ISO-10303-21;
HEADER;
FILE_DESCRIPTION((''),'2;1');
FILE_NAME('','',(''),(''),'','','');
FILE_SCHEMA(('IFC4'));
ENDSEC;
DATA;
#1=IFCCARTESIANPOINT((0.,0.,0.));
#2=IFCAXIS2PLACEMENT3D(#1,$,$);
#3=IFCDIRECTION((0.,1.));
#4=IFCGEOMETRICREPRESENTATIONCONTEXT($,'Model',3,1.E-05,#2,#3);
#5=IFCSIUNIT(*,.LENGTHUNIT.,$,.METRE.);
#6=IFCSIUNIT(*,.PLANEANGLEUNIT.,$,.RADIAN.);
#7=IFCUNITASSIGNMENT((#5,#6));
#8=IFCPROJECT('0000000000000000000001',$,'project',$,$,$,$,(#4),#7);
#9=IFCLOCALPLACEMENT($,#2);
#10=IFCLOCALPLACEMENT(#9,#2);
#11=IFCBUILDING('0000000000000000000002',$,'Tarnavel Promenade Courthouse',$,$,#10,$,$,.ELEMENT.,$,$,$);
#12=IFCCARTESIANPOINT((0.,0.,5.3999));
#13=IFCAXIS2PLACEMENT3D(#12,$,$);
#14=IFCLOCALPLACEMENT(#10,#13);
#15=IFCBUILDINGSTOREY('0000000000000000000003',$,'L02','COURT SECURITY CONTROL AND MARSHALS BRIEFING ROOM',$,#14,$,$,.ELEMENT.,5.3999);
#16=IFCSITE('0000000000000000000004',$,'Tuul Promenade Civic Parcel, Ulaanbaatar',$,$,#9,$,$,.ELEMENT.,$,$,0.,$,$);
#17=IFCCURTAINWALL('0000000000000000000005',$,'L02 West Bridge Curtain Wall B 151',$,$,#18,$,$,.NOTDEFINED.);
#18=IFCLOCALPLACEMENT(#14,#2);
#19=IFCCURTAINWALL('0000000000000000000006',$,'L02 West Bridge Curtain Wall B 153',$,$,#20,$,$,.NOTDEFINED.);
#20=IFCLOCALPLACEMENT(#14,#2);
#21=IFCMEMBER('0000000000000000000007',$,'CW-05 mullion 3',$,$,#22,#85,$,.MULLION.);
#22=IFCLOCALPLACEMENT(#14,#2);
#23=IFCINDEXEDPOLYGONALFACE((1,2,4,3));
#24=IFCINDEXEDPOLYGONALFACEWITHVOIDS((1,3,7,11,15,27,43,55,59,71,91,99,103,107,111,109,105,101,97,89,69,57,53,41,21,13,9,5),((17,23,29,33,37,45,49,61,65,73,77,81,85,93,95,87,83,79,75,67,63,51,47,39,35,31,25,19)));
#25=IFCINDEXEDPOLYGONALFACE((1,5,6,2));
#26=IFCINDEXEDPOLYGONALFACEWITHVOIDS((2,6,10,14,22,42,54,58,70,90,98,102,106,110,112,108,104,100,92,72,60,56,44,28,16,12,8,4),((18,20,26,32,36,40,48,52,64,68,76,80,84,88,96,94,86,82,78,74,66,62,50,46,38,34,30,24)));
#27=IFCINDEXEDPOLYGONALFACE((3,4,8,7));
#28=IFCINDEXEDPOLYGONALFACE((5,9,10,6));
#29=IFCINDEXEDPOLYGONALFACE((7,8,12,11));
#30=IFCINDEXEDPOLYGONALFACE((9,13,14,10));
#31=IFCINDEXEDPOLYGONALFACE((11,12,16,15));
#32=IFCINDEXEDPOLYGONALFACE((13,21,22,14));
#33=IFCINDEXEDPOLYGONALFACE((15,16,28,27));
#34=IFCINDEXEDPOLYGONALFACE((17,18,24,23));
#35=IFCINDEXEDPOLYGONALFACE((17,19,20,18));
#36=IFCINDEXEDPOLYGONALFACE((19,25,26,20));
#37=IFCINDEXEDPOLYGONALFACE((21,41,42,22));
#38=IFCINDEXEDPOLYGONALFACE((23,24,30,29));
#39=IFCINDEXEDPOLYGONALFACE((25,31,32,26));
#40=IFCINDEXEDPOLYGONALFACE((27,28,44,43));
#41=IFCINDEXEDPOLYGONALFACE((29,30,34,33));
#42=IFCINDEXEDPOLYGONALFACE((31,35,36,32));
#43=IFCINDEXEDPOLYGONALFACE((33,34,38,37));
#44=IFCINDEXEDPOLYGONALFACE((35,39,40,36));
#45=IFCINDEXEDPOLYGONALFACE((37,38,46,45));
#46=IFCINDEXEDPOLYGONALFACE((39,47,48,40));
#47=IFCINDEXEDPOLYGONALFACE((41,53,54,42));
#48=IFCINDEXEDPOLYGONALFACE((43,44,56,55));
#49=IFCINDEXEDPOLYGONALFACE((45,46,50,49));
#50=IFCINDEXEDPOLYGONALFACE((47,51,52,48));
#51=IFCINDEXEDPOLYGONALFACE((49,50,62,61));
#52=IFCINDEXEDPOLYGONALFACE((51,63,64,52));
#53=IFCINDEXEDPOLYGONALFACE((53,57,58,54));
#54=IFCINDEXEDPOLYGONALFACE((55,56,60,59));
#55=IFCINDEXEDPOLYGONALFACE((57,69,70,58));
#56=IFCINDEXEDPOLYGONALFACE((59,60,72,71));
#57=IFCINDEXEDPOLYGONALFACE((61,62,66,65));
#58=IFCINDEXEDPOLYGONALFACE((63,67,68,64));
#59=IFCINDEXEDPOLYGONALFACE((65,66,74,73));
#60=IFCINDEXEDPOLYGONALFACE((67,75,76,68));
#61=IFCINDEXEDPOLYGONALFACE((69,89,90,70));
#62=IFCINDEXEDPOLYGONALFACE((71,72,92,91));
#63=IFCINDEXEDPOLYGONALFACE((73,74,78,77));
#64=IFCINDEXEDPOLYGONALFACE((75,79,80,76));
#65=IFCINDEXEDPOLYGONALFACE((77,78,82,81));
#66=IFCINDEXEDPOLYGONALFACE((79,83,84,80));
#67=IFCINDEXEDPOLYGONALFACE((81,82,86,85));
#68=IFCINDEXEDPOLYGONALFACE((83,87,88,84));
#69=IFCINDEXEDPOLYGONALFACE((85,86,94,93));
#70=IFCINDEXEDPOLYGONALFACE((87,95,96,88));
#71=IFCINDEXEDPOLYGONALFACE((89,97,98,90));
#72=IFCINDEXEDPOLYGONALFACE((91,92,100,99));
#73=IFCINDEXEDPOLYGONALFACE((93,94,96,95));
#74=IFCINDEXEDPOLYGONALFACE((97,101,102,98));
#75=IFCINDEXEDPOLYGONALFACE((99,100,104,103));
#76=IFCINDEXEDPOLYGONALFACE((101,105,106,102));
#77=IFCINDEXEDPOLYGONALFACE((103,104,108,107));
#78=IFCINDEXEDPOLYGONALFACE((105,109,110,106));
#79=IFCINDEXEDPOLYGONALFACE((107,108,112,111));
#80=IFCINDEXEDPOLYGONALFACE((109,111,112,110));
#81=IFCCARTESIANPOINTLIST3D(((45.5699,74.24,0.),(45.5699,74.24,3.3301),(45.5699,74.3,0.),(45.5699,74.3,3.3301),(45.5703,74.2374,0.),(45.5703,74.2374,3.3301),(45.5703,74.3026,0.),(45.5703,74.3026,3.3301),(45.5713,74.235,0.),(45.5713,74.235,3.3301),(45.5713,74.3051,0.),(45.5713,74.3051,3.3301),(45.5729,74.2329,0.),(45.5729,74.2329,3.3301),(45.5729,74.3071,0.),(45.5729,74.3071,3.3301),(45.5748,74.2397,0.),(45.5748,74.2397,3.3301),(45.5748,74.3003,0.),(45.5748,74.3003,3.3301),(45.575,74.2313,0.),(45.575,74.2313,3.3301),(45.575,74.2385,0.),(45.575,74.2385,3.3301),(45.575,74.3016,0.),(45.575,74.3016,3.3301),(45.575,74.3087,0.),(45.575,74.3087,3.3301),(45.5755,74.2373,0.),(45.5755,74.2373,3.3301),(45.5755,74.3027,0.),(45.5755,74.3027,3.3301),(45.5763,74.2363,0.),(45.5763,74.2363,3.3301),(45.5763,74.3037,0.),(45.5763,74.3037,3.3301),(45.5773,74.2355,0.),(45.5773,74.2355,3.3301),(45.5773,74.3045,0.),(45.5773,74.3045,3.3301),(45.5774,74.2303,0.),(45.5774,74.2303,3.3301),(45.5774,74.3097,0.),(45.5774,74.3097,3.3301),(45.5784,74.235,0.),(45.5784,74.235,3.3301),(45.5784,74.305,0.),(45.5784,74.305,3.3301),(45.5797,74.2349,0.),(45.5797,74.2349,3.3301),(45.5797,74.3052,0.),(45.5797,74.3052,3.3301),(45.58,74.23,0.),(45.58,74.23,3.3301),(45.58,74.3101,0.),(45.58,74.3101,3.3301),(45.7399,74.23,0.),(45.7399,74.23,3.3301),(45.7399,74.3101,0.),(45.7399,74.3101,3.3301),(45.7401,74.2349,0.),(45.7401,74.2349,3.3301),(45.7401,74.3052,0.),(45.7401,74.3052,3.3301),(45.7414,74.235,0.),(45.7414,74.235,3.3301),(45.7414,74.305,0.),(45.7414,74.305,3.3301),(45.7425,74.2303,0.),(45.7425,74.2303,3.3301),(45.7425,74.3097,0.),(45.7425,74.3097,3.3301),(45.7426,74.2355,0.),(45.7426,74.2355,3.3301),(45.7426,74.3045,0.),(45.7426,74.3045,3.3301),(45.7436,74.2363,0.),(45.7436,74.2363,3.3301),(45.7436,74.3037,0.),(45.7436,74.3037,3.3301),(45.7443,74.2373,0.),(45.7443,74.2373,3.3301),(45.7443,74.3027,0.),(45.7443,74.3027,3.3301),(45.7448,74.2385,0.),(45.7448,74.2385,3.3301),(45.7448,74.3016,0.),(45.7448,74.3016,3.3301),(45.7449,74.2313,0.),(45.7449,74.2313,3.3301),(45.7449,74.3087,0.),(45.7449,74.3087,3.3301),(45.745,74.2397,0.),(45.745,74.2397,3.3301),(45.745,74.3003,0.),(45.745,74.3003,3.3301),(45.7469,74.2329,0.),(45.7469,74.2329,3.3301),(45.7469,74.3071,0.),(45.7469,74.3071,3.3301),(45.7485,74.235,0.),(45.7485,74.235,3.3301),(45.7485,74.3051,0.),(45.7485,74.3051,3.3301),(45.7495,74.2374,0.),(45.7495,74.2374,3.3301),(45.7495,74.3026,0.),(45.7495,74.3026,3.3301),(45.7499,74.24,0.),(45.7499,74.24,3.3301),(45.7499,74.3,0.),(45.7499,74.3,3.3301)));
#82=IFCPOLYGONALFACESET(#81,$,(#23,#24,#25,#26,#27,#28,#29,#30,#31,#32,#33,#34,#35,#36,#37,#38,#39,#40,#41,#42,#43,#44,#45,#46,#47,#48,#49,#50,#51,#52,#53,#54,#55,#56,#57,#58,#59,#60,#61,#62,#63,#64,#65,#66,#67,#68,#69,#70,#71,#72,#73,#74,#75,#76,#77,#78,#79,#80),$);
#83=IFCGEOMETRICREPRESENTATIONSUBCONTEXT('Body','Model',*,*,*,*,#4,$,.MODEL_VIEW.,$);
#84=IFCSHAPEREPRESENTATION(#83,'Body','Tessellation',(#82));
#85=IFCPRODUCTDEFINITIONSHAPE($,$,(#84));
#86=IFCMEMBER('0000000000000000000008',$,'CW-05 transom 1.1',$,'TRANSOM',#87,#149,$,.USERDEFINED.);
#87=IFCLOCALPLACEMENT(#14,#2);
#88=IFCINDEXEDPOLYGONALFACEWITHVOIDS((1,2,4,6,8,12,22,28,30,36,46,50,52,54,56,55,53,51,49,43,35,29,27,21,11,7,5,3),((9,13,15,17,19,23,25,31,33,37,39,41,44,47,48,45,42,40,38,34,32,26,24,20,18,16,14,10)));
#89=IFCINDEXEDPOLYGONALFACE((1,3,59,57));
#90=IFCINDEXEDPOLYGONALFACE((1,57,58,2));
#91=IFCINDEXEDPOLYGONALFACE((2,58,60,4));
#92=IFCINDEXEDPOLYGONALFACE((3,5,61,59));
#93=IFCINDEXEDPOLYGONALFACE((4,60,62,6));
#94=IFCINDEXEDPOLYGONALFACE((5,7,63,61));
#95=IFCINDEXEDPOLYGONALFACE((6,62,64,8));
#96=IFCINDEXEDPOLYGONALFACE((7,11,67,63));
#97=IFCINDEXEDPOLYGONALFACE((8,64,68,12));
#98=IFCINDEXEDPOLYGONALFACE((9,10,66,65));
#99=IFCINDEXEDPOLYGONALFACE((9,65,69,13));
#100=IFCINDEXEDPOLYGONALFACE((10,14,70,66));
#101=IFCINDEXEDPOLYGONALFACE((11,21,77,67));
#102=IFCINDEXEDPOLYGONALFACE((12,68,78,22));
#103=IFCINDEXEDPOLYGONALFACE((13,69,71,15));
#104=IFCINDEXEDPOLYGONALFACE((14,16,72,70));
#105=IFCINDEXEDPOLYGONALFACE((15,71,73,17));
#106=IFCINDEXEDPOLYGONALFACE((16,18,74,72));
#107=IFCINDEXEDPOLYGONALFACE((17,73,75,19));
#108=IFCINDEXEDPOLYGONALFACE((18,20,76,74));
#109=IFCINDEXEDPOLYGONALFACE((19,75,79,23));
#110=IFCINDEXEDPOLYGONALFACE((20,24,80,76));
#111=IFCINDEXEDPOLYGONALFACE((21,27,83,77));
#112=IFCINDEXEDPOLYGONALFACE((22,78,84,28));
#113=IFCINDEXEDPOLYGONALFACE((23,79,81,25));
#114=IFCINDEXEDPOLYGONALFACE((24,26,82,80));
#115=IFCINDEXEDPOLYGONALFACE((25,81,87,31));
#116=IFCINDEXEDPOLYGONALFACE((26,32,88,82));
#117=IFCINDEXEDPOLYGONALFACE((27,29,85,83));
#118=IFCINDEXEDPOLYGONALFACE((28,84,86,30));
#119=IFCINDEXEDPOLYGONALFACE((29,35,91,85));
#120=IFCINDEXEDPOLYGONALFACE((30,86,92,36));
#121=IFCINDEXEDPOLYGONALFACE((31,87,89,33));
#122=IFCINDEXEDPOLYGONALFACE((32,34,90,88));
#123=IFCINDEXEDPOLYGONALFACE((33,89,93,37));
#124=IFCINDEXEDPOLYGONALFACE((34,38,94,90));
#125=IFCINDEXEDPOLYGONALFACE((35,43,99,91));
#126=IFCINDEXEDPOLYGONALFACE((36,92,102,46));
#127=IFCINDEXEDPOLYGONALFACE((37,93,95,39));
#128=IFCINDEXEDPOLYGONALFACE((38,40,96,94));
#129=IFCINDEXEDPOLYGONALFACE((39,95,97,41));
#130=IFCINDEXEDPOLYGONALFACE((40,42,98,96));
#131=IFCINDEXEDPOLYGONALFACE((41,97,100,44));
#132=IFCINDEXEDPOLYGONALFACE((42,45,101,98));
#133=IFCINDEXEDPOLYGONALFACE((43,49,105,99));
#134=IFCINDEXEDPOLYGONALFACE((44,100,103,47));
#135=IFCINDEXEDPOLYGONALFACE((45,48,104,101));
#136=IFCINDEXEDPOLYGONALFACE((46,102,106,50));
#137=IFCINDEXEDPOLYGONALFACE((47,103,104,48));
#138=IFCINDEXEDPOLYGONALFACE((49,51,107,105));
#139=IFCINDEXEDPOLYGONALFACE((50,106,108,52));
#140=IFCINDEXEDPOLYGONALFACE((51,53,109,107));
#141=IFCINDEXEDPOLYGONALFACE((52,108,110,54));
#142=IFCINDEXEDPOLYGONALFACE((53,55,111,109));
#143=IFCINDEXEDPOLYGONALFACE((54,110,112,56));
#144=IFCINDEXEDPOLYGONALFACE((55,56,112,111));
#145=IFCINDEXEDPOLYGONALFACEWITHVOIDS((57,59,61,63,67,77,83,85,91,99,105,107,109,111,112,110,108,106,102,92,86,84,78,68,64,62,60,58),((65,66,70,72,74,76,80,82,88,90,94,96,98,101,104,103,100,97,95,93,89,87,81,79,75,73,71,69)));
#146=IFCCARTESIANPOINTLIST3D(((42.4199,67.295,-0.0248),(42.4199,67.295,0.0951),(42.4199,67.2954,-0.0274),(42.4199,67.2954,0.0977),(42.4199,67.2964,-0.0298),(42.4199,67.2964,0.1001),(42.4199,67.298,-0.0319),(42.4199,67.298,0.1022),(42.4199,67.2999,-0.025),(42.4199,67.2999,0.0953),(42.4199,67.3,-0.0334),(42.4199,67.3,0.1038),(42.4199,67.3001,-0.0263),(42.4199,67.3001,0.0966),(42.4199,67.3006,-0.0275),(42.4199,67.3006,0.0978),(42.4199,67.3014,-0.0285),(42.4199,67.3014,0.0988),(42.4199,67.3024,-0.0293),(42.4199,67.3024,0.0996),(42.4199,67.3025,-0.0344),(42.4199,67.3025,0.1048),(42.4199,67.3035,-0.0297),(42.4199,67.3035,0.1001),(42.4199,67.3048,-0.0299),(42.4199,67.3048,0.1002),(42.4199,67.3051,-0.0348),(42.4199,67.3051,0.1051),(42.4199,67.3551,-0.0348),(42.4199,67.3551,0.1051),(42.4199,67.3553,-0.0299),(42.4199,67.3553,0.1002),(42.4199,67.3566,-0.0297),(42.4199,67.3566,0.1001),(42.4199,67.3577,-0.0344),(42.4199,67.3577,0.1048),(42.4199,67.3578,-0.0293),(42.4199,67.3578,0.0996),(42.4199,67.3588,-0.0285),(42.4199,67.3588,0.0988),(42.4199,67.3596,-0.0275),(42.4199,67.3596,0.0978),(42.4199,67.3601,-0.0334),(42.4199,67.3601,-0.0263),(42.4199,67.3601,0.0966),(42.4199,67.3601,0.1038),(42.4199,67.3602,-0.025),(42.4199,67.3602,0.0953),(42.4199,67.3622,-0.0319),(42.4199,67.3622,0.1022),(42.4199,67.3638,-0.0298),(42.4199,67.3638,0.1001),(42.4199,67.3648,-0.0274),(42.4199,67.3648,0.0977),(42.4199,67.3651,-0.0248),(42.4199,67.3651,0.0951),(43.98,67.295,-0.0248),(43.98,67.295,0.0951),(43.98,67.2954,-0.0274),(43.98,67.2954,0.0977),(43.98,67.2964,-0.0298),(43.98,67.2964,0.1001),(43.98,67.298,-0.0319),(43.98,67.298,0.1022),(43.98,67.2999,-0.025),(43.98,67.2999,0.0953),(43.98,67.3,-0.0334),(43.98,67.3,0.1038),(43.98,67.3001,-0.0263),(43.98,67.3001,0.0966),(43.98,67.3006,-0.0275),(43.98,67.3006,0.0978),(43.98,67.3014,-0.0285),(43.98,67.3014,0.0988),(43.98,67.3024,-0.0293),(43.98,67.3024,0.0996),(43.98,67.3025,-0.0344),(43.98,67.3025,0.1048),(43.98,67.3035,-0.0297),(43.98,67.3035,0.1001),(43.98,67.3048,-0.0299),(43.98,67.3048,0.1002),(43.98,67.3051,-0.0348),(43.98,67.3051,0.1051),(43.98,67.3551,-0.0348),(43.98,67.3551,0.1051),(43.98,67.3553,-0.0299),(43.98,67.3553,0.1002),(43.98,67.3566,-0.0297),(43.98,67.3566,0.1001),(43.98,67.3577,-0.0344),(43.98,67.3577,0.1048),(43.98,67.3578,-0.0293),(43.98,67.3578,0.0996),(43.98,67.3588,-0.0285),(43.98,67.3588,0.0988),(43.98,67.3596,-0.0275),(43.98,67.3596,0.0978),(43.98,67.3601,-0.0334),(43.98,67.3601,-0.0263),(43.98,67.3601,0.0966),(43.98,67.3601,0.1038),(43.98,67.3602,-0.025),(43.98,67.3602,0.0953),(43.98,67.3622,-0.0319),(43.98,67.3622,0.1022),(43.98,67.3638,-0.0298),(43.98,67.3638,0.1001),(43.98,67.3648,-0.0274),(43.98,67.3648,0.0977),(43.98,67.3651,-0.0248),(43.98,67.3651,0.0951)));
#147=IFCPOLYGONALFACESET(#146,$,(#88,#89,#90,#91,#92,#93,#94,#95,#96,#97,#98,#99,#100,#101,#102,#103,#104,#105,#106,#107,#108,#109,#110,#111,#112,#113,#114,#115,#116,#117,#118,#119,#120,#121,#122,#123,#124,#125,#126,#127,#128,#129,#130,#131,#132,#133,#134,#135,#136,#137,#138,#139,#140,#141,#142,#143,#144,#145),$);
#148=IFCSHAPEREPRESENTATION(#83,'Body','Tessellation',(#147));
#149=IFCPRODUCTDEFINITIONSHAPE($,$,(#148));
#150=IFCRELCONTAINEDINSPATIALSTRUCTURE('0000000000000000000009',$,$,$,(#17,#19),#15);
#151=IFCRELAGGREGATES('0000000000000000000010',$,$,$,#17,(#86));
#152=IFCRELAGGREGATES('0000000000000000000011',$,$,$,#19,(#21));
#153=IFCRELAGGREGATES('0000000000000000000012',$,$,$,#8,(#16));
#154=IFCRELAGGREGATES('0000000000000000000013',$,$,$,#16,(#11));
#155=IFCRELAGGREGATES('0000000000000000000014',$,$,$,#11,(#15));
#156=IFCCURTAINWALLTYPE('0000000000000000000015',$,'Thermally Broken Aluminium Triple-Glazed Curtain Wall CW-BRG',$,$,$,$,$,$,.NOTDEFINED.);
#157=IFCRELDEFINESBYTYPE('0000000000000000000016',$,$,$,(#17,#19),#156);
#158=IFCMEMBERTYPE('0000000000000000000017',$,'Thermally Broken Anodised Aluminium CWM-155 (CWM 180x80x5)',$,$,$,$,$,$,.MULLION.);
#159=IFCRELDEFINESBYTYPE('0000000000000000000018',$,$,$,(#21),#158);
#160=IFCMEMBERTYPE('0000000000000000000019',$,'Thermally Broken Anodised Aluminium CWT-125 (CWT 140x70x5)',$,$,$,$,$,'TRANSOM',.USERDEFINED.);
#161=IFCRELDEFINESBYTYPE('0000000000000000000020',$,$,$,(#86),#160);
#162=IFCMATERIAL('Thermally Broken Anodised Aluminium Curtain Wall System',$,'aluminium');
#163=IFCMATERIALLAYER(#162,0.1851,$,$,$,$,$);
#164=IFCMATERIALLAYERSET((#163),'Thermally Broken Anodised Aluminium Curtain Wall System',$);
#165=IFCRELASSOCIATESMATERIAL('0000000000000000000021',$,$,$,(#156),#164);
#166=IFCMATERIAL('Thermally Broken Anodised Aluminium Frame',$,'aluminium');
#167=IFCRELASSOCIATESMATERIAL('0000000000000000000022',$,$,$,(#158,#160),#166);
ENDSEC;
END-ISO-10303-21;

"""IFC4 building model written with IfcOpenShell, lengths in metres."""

from ifc_helpers import new_model, si_unit, direction, frame, origin, origin_2d, place, context, subcontext, project, spatial, hollow_rectangle, extrude, material, layer, layer_set, material_profile, profile_set, type_object, element, aggregate, save


model = new_model("IFC4")

# Units and contexts
model_context = context("Model", 3, precision=1e-05, world=origin(), true_north=direction((0.0, 1.0)))
body_context = subcontext(model_context, "Body", "Model", "MODEL_VIEW")
ifc_project = project(units=[si_unit("LENGTHUNIT", "METRE"), si_unit("PLANEANGLEUNIT", "RADIAN")], contexts=[model_context])

# Site, building, storey
site_placement = place(None, origin())
site = spatial("IfcSite", under=ifc_project, at=site_placement, Name="Tuul Promenade Civic Parcel, Ulaanbaatar", CompositionType="ELEMENT", RefElevation=0.0)
building_placement = place(site_placement, origin())
building = spatial("IfcBuilding", under=site, at=building_placement, Name="Tarnavel Promenade Courthouse", CompositionType="ELEMENT")
storey_placement = place(building_placement, frame((0.0, 0.0, 5.3999)))
storey = spatial("IfcBuildingStorey", under=building, at=storey_placement, Name="L02", Description="COURT SECURITY CONTROL AND MARSHALS BRIEFING ROOM", CompositionType="ELEMENT", Elevation=5.3999)

# Shared definitions
ifc_material_1 = material(Name="Thermally Broken Anodised Aluminium Curtain Wall System", Category="aluminium")
ifc_layer_1 = layer(ifc_material_1, 0.1851)
ifc_layer_set_1 = layer_set([ifc_layer_1], Name="Thermally Broken Anodised Aluminium Curtain Wall System")
curtain_wall_type = type_object("IfcCurtainWallType", Name="Thermally Broken Aluminium Triple-Glazed Curtain Wall CW-BRG", PredefinedType="NOTDEFINED", material=ifc_layer_set_1)
ifc_material_2 = material(Name="Thermally Broken Anodised Aluminium Frame", Category="aluminium")
ifc_material_profile_1 = material_profile(ifc_material_2, hollow_rectangle(XDim=0.0801, YDim=0.1799, WallThickness=0.0049, InnerFilletRadius=0.0049, OuterFilletRadius=0.01, at=origin_2d()), Name="CWM 180x80x5")
ifc_profile_set_1 = profile_set([ifc_material_profile_1], Name="Thermally Broken Anodised Aluminium Frame")
member_type_1 = type_object("IfcMemberType", Name="Thermally Broken Anodised Aluminium CWM-155 (CWM 180x80x5)", PredefinedType="MULLION", material=ifc_profile_set_1)

# Curtain wall
curtain_wall_1_placement = place(storey_placement, origin())
curtain_wall_1 = element("IfcCurtainWall", 1, at=curtain_wall_1_placement, inside=storey, type_object=curtain_wall_type, Name="L02 West Bridge Curtain Wall B 151", PredefinedType="NOTDEFINED")

# Curtain wall, member
curtain_wall_2_placement = place(storey_placement, origin())
curtain_wall_2 = element("IfcCurtainWall", 2, at=curtain_wall_2_placement, inside=storey, type_object=curtain_wall_type, Name="L02 West Bridge Curtain Wall B 153", PredefinedType="NOTDEFINED")
member_1_placement = place(storey_placement, frame((45.6599, 74.27, 0.0), z_axis=(0.0, 0.0, 1.0), x_axis=(0.0, 1.0, 0.0)))
member_1 = element("IfcMember", 3, at=member_1_placement, type_object=member_type_1, Name="CW-05 mullion 3", PredefinedType="MULLION", context=body_context, shape_type="SweptSolid", body=[
    extrude(hollow_rectangle(XDim=0.0801, YDim=0.1799, WallThickness=0.0049, InnerFilletRadius=0.0049, OuterFilletRadius=0.01, at=origin_2d()), origin(), (0.0, 0.0, 1.0), 3.3301),
])

# Member
ifc_material_profile_2 = material_profile(ifc_material_2, hollow_rectangle(XDim=0.0701, YDim=0.1399, WallThickness=0.0049, InnerFilletRadius=0.0049, OuterFilletRadius=0.01, at=origin_2d()), Name="CWT 140x70x5")
ifc_profile_set_2 = profile_set([ifc_material_profile_2], Name="Thermally Broken Anodised Aluminium Frame")
member_type_2 = type_object("IfcMemberType", Name="Thermally Broken Anodised Aluminium CWT-125 (CWT 140x70x5)", ElementType="TRANSOM", PredefinedType="USERDEFINED", material=ifc_profile_set_2)
member_2_placement = place(storey_placement, frame((42.4199, 67.3301, 0.0352), z_axis=(1.0, 0.0, 0.0), x_axis=(0.0, 1.0, 0.0)))
member_2 = element("IfcMember", 4, at=member_2_placement, type_object=member_type_2, Name="CW-05 transom 1.1", ObjectType="TRANSOM", PredefinedType="USERDEFINED", context=body_context, shape_type="SweptSolid", body=[
    extrude(hollow_rectangle(XDim=0.0701, YDim=0.1399, WallThickness=0.0049, InnerFilletRadius=0.0049, OuterFilletRadius=0.01, at=origin_2d()), origin(), (0.0, 0.0, 1.0), 1.5601),
])

aggregate(curtain_wall_1, [member_2])
aggregate(curtain_wall_2, [member_1])

save(model, "model.ifc")
